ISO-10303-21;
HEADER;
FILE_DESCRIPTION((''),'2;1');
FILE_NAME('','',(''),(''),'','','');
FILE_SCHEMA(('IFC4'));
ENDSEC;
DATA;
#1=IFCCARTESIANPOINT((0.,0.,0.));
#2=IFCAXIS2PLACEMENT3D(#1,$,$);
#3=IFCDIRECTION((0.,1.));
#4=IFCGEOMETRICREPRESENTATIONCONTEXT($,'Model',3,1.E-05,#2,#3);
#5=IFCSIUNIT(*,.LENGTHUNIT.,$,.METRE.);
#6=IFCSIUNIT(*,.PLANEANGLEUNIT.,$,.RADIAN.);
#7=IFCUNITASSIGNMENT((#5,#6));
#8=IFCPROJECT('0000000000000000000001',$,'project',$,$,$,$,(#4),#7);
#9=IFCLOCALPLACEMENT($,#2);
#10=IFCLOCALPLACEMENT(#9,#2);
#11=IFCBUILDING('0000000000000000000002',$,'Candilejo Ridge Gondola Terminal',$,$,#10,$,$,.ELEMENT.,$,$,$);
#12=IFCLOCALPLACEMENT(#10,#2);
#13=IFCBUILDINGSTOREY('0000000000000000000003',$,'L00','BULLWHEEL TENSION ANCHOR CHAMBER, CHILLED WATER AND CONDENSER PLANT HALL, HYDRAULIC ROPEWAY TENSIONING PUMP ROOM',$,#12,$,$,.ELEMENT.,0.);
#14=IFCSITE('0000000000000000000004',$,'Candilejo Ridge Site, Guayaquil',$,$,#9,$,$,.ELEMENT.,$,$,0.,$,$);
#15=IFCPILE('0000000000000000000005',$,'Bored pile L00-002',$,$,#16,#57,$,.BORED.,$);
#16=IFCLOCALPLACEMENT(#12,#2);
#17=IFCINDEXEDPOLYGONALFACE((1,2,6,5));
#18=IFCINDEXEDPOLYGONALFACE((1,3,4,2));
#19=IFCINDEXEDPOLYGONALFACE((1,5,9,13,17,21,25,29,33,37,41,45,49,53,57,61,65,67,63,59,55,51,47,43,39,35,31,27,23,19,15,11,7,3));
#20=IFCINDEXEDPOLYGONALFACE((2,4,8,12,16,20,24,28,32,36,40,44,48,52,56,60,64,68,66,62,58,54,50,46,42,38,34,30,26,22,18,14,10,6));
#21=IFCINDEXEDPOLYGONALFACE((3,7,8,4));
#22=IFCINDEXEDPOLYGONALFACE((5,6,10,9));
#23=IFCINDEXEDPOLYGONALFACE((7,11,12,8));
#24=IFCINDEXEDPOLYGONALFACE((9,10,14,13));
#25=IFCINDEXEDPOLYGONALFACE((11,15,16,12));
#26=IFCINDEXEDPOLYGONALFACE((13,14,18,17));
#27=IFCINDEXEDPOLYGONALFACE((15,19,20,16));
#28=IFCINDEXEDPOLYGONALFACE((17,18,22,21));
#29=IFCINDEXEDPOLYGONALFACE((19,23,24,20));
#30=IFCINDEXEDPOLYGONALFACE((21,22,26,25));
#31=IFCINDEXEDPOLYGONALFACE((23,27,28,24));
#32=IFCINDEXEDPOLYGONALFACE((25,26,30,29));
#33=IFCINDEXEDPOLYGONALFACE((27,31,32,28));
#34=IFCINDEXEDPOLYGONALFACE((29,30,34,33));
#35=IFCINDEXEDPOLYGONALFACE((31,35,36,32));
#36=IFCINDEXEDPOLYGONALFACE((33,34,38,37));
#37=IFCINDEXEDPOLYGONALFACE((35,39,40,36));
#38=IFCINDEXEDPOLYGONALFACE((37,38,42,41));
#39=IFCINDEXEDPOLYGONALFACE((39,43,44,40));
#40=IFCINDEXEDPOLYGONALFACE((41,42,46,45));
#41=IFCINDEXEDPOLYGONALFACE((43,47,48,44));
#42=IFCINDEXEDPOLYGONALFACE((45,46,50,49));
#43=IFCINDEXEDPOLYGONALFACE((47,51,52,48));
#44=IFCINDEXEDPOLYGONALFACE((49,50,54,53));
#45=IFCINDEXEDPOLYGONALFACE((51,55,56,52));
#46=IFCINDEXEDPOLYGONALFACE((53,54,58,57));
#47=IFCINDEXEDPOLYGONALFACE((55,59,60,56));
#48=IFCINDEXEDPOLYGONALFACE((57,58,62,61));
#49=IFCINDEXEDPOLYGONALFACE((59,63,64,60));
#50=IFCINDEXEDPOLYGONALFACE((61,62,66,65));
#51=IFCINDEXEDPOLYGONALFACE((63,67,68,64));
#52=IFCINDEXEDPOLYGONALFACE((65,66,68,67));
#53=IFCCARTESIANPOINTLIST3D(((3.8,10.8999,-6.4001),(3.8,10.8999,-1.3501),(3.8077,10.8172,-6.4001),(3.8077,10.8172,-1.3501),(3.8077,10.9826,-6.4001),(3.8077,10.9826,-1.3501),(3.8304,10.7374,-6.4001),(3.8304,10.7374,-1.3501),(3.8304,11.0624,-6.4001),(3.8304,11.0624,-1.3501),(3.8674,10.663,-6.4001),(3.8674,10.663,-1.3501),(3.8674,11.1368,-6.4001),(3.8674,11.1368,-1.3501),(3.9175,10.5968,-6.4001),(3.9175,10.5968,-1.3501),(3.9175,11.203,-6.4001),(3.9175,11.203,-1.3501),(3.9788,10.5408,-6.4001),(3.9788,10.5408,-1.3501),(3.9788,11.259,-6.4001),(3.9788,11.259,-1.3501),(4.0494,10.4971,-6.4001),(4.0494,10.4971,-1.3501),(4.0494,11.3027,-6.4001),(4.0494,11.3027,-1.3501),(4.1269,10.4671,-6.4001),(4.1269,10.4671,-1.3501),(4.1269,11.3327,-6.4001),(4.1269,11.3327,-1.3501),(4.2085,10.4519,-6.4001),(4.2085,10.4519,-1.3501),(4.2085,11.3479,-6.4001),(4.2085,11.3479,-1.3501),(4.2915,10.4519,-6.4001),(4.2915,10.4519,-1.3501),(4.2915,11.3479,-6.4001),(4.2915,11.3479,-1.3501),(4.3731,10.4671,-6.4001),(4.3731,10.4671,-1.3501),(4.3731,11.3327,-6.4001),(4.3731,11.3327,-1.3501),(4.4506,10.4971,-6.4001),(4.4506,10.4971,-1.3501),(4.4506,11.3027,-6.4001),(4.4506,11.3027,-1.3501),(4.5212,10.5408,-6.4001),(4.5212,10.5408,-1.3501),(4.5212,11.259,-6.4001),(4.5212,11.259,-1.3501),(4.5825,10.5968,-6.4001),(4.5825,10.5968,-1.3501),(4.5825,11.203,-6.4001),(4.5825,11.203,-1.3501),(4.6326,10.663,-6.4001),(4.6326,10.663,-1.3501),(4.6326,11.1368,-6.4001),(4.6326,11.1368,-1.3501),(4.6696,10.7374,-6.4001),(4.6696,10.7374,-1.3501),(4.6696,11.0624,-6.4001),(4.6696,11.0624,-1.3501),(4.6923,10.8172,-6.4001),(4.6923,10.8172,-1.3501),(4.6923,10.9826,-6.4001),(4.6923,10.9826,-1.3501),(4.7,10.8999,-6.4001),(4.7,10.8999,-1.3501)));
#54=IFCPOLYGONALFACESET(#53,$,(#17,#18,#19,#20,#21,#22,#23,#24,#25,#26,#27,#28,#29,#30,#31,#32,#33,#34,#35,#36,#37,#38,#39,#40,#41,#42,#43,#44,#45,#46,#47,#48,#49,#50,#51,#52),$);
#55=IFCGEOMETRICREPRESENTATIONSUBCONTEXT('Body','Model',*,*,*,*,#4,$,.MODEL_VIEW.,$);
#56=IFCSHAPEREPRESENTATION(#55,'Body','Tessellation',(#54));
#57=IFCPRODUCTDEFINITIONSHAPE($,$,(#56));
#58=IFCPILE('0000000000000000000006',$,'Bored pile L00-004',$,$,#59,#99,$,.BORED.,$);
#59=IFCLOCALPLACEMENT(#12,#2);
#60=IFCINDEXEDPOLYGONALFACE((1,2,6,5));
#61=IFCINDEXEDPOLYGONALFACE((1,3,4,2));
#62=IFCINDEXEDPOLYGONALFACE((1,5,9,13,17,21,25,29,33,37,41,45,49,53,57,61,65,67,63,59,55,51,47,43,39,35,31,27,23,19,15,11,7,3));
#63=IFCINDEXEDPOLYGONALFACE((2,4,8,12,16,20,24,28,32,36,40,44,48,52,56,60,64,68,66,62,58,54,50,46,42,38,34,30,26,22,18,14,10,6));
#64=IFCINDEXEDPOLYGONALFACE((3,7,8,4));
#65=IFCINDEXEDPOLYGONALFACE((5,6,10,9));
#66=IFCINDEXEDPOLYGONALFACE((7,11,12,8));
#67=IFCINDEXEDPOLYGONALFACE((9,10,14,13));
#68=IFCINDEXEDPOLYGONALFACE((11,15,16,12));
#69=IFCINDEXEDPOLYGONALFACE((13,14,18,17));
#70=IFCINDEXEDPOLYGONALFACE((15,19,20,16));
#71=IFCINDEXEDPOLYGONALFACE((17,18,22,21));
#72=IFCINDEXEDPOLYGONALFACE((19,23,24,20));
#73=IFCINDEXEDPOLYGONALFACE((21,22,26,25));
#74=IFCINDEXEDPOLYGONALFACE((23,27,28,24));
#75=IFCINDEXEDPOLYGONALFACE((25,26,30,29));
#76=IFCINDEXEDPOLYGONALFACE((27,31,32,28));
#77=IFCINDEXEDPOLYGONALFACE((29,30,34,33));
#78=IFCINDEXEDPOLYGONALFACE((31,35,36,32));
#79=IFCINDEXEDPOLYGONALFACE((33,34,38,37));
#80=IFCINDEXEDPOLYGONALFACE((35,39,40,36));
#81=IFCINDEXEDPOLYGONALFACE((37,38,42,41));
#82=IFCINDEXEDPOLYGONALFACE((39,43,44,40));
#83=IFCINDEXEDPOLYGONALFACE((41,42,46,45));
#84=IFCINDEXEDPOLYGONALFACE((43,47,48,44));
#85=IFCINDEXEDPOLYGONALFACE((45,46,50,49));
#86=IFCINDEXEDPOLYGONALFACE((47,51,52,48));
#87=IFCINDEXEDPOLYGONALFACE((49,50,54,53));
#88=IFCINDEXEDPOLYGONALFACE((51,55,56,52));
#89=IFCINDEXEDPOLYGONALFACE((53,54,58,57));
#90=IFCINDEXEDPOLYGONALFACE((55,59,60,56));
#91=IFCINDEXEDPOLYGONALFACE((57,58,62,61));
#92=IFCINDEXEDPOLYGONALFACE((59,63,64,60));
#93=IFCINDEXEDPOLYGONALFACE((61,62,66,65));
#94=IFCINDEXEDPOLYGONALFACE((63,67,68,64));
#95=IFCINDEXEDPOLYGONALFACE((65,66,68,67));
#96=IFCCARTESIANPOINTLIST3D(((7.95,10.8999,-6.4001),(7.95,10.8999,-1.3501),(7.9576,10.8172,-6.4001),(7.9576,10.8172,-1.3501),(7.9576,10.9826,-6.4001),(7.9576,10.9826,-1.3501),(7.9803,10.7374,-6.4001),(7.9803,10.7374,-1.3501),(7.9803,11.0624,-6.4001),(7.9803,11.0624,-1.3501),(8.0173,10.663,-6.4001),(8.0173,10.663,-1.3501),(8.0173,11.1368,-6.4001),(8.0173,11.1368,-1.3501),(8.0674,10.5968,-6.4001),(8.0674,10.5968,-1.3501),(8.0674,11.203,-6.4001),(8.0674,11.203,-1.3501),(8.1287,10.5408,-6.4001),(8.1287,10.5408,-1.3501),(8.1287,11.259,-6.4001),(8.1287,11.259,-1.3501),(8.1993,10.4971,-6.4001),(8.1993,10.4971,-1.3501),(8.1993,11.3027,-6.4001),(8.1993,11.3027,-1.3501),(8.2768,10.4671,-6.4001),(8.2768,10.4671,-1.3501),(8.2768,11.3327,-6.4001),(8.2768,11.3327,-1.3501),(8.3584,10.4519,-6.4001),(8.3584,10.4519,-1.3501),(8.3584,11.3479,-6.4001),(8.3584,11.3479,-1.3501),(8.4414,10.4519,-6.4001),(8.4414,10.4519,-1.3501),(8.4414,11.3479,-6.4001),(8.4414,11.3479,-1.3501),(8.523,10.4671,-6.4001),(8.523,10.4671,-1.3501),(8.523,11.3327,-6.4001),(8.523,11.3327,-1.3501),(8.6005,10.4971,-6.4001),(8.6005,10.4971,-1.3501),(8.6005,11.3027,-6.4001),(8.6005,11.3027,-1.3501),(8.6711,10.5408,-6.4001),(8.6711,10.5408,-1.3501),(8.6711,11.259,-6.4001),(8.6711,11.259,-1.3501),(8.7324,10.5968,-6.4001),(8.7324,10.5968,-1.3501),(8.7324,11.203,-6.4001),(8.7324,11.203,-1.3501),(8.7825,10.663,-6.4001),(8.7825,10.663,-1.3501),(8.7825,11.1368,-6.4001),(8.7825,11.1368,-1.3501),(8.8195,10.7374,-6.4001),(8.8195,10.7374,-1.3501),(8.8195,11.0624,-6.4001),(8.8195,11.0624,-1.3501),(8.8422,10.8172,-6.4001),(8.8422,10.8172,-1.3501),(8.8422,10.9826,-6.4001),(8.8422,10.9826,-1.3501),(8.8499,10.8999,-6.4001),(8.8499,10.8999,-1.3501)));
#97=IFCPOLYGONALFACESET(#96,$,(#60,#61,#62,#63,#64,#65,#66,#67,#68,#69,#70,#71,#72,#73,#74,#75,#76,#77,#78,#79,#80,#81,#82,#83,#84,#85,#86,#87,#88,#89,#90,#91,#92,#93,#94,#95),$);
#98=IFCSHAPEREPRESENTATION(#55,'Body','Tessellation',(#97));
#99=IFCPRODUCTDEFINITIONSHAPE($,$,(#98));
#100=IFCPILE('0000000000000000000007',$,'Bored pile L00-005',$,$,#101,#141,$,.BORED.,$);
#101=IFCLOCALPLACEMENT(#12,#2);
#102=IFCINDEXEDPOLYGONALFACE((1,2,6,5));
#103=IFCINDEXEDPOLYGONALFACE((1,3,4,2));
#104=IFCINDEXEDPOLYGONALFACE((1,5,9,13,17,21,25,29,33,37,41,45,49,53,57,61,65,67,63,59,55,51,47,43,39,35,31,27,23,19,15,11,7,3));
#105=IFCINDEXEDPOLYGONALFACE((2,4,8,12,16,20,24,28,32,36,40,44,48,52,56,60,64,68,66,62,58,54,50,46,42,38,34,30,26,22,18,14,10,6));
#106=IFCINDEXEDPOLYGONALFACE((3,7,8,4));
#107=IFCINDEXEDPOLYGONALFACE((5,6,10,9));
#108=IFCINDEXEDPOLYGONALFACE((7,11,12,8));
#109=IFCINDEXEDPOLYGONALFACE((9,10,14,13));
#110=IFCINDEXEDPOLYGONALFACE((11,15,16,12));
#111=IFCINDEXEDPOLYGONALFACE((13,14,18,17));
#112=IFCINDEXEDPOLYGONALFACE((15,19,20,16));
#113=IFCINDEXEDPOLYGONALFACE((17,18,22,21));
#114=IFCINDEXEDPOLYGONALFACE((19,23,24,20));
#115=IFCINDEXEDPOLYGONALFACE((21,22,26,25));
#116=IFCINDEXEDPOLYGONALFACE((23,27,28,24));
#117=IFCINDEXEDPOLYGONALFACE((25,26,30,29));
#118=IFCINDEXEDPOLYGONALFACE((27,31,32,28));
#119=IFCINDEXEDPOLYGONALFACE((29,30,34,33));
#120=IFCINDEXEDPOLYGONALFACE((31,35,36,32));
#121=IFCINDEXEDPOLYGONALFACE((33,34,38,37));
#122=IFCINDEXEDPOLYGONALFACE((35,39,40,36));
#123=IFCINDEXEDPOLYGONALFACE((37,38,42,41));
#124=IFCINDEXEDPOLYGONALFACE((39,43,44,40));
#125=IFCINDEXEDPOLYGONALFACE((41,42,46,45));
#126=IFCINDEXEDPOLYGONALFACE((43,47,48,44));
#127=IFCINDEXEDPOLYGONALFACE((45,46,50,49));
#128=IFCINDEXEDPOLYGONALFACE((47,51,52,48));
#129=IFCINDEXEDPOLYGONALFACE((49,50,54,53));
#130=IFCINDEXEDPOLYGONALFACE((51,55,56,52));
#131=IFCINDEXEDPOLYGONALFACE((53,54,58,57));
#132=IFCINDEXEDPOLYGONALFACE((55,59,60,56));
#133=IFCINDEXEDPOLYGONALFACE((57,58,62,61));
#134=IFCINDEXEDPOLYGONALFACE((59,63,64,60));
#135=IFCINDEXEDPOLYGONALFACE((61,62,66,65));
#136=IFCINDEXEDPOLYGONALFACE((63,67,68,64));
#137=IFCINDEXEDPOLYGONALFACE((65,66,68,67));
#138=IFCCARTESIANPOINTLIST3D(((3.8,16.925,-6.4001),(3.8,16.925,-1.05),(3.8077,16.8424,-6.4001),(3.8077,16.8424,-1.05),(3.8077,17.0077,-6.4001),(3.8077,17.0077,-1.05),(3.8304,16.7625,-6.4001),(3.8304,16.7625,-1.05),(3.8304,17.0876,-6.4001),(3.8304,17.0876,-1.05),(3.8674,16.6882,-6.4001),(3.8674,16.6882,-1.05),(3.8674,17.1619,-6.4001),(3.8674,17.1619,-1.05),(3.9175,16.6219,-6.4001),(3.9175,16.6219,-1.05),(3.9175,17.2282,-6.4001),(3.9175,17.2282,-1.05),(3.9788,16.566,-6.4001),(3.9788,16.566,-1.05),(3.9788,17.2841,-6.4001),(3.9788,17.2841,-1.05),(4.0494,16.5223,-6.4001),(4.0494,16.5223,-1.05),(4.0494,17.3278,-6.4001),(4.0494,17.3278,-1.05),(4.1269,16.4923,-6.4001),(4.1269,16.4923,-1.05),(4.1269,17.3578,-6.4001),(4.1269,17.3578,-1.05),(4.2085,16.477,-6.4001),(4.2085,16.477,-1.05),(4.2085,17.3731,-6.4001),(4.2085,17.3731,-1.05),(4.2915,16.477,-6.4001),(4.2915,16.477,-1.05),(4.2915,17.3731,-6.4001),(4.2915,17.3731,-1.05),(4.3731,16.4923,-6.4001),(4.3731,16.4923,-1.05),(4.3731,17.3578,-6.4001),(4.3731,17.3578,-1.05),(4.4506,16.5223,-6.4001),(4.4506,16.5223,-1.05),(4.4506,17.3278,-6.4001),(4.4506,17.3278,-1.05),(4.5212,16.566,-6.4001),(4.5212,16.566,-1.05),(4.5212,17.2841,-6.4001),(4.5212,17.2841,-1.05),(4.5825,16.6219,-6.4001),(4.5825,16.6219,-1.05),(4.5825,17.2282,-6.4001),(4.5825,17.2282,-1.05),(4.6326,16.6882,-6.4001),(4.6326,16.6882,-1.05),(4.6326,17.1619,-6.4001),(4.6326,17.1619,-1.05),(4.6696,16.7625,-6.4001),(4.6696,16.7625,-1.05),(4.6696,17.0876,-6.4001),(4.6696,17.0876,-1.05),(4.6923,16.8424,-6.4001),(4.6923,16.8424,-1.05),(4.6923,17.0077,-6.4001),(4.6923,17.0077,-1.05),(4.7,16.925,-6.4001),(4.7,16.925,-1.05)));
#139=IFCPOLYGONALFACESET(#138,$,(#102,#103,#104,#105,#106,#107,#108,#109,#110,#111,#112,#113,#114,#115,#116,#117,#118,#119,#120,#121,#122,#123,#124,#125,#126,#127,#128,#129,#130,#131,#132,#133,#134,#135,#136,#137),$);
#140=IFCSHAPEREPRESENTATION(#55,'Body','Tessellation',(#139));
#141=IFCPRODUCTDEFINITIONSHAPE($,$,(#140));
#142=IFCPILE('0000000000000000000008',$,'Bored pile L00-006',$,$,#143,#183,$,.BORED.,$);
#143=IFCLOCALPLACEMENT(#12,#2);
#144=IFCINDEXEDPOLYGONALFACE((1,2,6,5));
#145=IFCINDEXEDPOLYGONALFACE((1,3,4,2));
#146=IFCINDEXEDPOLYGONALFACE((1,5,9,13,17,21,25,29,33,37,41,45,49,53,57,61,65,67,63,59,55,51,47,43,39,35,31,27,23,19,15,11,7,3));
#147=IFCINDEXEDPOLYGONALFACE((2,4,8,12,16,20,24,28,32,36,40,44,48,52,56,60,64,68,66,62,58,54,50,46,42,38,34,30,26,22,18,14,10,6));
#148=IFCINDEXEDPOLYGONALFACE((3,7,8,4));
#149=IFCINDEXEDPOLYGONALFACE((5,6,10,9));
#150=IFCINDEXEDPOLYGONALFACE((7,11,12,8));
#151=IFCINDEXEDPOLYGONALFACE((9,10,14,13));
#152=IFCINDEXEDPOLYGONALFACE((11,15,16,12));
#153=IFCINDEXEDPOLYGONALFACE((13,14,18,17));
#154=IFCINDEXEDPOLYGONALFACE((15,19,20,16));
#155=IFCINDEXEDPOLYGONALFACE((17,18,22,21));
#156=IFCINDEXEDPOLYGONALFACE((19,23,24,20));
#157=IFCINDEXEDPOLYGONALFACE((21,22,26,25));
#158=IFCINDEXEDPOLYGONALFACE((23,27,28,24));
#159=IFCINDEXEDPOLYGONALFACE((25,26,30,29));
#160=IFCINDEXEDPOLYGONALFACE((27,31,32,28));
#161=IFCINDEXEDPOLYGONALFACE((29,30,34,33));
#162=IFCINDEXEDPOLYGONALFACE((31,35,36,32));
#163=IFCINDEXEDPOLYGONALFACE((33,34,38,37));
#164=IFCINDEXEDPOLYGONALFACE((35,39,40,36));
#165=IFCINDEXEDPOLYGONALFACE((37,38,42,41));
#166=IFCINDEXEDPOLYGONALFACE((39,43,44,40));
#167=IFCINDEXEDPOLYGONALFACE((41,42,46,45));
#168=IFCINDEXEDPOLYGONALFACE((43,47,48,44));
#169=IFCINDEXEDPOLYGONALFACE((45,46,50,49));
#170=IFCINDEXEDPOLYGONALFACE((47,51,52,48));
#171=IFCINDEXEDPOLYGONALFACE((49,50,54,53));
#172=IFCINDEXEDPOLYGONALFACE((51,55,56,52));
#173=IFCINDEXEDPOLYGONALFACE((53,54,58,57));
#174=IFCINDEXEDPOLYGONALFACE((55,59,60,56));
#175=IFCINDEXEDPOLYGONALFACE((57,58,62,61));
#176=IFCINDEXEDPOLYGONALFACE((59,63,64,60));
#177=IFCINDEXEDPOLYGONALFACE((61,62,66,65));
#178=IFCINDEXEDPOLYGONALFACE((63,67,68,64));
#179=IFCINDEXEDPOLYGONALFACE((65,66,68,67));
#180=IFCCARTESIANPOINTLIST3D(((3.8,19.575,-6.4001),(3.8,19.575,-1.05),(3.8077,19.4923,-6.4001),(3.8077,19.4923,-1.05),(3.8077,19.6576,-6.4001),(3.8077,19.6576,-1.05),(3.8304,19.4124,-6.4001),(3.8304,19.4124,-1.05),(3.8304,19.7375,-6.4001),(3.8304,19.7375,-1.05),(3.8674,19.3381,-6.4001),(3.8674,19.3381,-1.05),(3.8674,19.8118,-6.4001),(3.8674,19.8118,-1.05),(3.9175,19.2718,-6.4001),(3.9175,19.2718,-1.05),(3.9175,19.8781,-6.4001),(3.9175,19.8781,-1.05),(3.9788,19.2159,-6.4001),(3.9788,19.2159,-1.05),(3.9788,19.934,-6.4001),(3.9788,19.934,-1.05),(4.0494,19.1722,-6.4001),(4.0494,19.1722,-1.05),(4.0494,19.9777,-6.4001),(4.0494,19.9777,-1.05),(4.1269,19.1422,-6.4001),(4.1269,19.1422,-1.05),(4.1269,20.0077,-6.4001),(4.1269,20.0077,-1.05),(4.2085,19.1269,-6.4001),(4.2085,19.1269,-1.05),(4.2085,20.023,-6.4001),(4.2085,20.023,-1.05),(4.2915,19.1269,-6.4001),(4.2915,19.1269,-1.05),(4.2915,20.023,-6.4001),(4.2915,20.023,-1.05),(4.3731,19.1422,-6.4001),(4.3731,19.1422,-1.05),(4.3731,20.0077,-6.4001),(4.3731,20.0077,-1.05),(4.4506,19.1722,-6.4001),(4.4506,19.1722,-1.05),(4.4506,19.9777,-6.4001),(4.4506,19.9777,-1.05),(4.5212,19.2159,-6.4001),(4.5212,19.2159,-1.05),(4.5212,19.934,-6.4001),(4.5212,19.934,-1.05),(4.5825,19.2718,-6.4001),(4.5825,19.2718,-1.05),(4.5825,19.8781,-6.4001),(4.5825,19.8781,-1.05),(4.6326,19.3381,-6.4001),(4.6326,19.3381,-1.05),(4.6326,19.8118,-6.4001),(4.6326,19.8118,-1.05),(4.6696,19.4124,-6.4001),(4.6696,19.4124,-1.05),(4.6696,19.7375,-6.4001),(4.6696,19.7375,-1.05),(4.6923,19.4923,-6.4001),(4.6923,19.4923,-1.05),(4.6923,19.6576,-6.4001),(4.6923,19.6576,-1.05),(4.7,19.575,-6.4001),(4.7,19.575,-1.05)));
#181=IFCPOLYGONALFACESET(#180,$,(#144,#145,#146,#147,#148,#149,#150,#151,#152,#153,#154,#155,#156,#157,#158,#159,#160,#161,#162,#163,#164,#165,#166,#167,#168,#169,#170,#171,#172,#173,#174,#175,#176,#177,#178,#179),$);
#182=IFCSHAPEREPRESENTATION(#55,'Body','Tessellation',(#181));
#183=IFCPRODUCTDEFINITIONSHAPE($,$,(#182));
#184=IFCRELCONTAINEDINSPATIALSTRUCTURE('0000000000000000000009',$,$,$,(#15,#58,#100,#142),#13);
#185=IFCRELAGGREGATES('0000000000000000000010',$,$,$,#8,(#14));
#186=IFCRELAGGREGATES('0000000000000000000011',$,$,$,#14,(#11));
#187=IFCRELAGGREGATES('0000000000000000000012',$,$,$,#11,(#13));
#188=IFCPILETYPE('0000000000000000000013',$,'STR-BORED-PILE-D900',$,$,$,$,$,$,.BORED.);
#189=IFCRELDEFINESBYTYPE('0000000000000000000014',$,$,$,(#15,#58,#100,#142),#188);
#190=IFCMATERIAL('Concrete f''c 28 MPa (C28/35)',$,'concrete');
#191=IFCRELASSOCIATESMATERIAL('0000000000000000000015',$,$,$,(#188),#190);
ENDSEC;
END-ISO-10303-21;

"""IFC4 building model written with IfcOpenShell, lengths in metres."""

from ifc_helpers import new_model, si_unit, direction, frame, origin, origin_2d, place, context, subcontext, project, spatial, circle, extrude, material, material_profile, profile_set, type_object, element, save


model = new_model("IFC4")

# Units and contexts
model_context = context("Model", 3, precision=1e-05, world=origin(), true_north=direction((0.0, 1.0)))
body_context = subcontext(model_context, "Body", "Model", "MODEL_VIEW")
ifc_project = project(units=[si_unit("LENGTHUNIT", "METRE"), si_unit("PLANEANGLEUNIT", "RADIAN")], contexts=[model_context])

# Site, building, storey
site_placement = place(None, origin())
site = spatial("IfcSite", under=ifc_project, at=site_placement, Name="Candilejo Ridge Site, Guayaquil", CompositionType="ELEMENT", RefElevation=0.0)
building_placement = place(site_placement, origin())
building = spatial("IfcBuilding", under=site, at=building_placement, Name="Candilejo Ridge Gondola Terminal", CompositionType="ELEMENT")
storey_placement = place(building_placement, origin())
storey = spatial("IfcBuildingStorey", under=building, at=storey_placement, Name="L00", Description="BULLWHEEL TENSION ANCHOR CHAMBER, CHILLED WATER AND CONDENSER PLANT HALL, HYDRAULIC ROPEWAY TENSIONING PUMP ROOM", CompositionType="ELEMENT", Elevation=0.0)

# Piles
ifc_material_1 = material(Name="Concrete f'c 28 MPa (C28/35)", Category="concrete")
ifc_material_profile_1 = material_profile(ifc_material_1, circle(Radius=0.45, at=origin_2d()))
ifc_profile_set_1 = profile_set([ifc_material_profile_1], Name="Concrete f'c 28 MPa (C28/35)")
pile_type = type_object("IfcPileType", Name="STR-BORED-PILE-D900", PredefinedType="BORED", material=ifc_profile_set_1)
for number, where, z_axis, x_axis, name in (
    (1, (4.25, 10.8999, -1.3501), (0.0, 0.0, -1.0), (1.0, 0.0, 0.0), "Bored pile L00-002"),
    (2, (8.3999, 10.8999, -1.3501), (0.0, 0.0, -1.0), (1.0, 0.0, 0.0), "Bored pile L00-004"),
):
    element("IfcPile", number, at=place(storey_placement, frame(where, z_axis=z_axis, x_axis=x_axis)), inside=storey, type_object=pile_type, Name=name, PredefinedType="BORED", context=body_context, shape_type="SweptSolid", body=[
        extrude(circle(Radius=0.45, at=origin_2d()), origin(), (0.0, 0.0, 1.0), 5.05),
    ])
for number, where, z_axis, x_axis, name in (
    (3, (4.25, 16.925, -1.05), (0.0, 0.0, -1.0), (1.0, 0.0, 0.0), "Bored pile L00-005"),
    (4, (4.25, 19.575, -1.05), (0.0, 0.0, -1.0), (1.0, 0.0, 0.0), "Bored pile L00-006"),
):
    element("IfcPile", number, at=place(storey_placement, frame(where, z_axis=z_axis, x_axis=x_axis)), inside=storey, type_object=pile_type, Name=name, PredefinedType="BORED", context=body_context, shape_type="SweptSolid", body=[
        extrude(circle(Radius=0.45, at=origin_2d()), origin(), (0.0, 0.0, 1.0), 5.3501),
    ])

save(model, "model.ifc")
